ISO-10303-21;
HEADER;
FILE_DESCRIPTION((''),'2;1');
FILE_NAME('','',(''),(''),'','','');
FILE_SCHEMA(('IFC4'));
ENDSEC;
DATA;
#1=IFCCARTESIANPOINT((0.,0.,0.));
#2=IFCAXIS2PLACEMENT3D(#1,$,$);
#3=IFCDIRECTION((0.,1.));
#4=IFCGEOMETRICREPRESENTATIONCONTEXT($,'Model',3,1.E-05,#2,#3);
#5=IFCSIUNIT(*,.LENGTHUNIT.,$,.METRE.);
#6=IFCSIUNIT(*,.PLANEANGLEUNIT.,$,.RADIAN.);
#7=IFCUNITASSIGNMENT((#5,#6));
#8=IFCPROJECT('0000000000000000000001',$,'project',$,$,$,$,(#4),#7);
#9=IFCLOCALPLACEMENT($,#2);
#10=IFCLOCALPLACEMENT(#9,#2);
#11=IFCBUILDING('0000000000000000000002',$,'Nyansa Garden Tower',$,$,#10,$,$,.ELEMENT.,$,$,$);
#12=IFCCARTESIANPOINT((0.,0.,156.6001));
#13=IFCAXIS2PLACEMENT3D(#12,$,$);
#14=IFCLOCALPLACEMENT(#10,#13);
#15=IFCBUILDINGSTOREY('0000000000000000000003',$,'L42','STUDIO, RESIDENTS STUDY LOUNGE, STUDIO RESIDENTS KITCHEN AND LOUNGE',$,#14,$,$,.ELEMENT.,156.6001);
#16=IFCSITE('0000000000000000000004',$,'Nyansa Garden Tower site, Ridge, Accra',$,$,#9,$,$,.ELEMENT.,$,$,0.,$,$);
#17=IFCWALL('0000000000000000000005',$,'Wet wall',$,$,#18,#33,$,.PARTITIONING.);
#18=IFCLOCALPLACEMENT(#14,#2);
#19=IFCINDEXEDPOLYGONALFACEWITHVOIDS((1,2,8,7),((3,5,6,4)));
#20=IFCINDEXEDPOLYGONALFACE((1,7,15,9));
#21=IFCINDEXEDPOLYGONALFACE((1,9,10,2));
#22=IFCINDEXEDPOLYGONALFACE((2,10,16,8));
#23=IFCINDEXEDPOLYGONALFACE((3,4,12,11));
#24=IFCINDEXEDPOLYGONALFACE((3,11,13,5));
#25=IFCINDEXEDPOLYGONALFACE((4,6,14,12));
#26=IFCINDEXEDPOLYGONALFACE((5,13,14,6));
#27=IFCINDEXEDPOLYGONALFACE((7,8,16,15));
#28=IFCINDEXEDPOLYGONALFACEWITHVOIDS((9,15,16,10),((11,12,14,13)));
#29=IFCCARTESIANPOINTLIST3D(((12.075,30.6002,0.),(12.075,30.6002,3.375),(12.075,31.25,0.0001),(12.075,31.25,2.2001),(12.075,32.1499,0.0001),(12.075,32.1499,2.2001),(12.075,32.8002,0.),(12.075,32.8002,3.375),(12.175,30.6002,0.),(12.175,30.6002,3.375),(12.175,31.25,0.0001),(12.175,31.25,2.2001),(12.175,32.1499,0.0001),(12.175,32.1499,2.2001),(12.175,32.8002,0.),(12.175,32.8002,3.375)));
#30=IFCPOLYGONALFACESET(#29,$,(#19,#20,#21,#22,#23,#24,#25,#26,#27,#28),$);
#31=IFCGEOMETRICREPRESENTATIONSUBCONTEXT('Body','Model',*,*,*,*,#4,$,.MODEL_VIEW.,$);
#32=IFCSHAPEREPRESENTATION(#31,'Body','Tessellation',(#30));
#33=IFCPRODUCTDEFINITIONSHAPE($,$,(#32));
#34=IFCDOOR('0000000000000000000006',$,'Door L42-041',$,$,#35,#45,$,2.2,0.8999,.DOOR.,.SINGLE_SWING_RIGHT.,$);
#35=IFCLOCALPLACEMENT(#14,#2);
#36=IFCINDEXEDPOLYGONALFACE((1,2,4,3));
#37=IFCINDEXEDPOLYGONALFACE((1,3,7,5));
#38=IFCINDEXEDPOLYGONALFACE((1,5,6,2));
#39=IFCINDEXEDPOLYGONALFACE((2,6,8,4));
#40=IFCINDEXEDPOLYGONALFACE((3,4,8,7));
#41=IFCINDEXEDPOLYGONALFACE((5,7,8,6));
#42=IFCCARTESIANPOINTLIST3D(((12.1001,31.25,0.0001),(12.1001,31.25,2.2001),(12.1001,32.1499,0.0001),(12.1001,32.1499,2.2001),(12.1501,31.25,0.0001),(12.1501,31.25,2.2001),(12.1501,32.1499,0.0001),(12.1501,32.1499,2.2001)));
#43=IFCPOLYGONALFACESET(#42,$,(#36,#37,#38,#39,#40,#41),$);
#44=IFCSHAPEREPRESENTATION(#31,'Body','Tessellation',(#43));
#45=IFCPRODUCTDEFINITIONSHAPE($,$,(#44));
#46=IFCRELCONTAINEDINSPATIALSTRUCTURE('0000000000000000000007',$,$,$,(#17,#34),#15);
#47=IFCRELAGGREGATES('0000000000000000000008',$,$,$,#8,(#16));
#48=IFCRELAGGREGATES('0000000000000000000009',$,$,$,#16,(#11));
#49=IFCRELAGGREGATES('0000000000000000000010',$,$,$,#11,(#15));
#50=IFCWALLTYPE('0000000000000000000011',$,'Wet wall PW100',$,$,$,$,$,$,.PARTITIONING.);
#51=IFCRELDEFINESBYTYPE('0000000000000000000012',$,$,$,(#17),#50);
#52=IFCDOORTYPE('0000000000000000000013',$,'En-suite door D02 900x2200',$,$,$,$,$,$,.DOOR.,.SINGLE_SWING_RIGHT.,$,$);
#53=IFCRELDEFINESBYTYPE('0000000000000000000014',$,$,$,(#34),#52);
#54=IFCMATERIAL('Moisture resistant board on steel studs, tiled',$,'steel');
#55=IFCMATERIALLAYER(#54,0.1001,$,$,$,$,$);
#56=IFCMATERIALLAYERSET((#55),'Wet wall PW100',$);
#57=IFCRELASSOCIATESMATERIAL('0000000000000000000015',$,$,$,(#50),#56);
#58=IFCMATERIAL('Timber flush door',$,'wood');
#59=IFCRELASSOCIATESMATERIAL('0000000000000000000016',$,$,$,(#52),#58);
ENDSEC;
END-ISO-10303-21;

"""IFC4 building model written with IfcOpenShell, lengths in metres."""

from ifc_helpers import new_model, si_unit, direction, frame, frame_2d, origin, place, context, subcontext, project, spatial, rectangle, extrude, material, layer, layer_set, type_object, element, fill, save


model = new_model("IFC4")

# Units and contexts
model_context = context("Model", 3, precision=1e-05, world=origin(), true_north=direction((0.0, 1.0)))
body_context = subcontext(model_context, "Body", "Model", "MODEL_VIEW")
ifc_project = project(units=[si_unit("LENGTHUNIT", "METRE"), si_unit("PLANEANGLEUNIT", "RADIAN")], contexts=[model_context])

# Site, building, storey
site_placement = place(None, origin())
site = spatial("IfcSite", under=ifc_project, at=site_placement, Name="Nyansa Garden Tower site, Ridge, Accra", CompositionType="ELEMENT", RefElevation=0.0)
building_placement = place(site_placement, origin())
building = spatial("IfcBuilding", under=site, at=building_placement, Name="Nyansa Garden Tower", CompositionType="ELEMENT")
storey_placement = place(building_placement, frame((0.0, 0.0, 156.6001)))
storey = spatial("IfcBuildingStorey", under=building, at=storey_placement, Name="L42", Description="STUDIO, RESIDENTS STUDY LOUNGE, STUDIO RESIDENTS KITCHEN AND LOUNGE", CompositionType="ELEMENT", Elevation=156.6001)

# Shared definitions
ifc_material_1 = material(Name="Moisture resistant board on steel studs, tiled", Category="steel")
ifc_layer_1 = layer(ifc_material_1, 0.1001)
ifc_layer_set_1 = layer_set([ifc_layer_1], Name="Wet wall PW100")
wall_type_1 = type_object("IfcWallType", Name="Wet wall PW100", PredefinedType="PARTITIONING", material=ifc_layer_set_1)

# Wall, opening, door
wall_1_placement = place(storey_placement, frame((12.125, 30.6001, 0.0), z_axis=(0.0, 0.0, 1.0), x_axis=(0.0, 1.0, 0.0)))
wall_1 = element("IfcWall", 1, at=wall_1_placement, inside=storey, type_object=wall_type_1, Name="Wet wall", PredefinedType="PARTITIONING", context=body_context, shape_type="SweptSolid", body=[
    extrude(rectangle(XDim=2.2, YDim=0.1001, at=frame_2d((1.1001, 0.0))), origin(), (0.0, 0.0, 1.0), 3.375),
])
opening_1_placement = place(wall_1_placement, frame((0.6499, 0.0, 0.0)))
opening_1 = element("IfcOpeningElement", 2, at=opening_1_placement, cuts=wall_1, PredefinedType="OPENING", context=body_context, shape_type="SweptSolid", body=[
    extrude(rectangle(XDim=0.8999, YDim=2.2, at=frame_2d((0.45, 1.1001))), frame((0.0, 0.0601, 0.0), z_axis=(0.0, -1.0, 0.0), x_axis=(1.0, 0.0, 0.0)), (0.0, 0.0, 1.0), 0.1201),
])
ifc_material_2 = material(Name="Timber flush door", Category="wood")
door_type_1 = type_object("IfcDoorType", Name="En-suite door D02 900x2200", OperationType="SINGLE_SWING_RIGHT", PredefinedType="DOOR", material=ifc_material_2)
door_1_placement = place(opening_1_placement, origin())
door_1 = element("IfcDoor", 3, at=door_1_placement, inside=storey, type_object=door_type_1, Name="Door L42-041", OperationType="SINGLE_SWING_RIGHT", OverallHeight=2.2, OverallWidth=0.8999, PredefinedType="DOOR", context=body_context, shape_type="SweptSolid", body=[
    extrude(rectangle(XDim=0.8999, YDim=2.2, at=frame_2d((0.45, 1.1001))), frame((0.0, 0.0249, 0.0), z_axis=(0.0, -1.0, 0.0), x_axis=(1.0, 0.0, 0.0)), (0.0, 0.0, 1.0), 0.05),
])
fill(opening_1, door_1)

save(model, "model.ifc")
